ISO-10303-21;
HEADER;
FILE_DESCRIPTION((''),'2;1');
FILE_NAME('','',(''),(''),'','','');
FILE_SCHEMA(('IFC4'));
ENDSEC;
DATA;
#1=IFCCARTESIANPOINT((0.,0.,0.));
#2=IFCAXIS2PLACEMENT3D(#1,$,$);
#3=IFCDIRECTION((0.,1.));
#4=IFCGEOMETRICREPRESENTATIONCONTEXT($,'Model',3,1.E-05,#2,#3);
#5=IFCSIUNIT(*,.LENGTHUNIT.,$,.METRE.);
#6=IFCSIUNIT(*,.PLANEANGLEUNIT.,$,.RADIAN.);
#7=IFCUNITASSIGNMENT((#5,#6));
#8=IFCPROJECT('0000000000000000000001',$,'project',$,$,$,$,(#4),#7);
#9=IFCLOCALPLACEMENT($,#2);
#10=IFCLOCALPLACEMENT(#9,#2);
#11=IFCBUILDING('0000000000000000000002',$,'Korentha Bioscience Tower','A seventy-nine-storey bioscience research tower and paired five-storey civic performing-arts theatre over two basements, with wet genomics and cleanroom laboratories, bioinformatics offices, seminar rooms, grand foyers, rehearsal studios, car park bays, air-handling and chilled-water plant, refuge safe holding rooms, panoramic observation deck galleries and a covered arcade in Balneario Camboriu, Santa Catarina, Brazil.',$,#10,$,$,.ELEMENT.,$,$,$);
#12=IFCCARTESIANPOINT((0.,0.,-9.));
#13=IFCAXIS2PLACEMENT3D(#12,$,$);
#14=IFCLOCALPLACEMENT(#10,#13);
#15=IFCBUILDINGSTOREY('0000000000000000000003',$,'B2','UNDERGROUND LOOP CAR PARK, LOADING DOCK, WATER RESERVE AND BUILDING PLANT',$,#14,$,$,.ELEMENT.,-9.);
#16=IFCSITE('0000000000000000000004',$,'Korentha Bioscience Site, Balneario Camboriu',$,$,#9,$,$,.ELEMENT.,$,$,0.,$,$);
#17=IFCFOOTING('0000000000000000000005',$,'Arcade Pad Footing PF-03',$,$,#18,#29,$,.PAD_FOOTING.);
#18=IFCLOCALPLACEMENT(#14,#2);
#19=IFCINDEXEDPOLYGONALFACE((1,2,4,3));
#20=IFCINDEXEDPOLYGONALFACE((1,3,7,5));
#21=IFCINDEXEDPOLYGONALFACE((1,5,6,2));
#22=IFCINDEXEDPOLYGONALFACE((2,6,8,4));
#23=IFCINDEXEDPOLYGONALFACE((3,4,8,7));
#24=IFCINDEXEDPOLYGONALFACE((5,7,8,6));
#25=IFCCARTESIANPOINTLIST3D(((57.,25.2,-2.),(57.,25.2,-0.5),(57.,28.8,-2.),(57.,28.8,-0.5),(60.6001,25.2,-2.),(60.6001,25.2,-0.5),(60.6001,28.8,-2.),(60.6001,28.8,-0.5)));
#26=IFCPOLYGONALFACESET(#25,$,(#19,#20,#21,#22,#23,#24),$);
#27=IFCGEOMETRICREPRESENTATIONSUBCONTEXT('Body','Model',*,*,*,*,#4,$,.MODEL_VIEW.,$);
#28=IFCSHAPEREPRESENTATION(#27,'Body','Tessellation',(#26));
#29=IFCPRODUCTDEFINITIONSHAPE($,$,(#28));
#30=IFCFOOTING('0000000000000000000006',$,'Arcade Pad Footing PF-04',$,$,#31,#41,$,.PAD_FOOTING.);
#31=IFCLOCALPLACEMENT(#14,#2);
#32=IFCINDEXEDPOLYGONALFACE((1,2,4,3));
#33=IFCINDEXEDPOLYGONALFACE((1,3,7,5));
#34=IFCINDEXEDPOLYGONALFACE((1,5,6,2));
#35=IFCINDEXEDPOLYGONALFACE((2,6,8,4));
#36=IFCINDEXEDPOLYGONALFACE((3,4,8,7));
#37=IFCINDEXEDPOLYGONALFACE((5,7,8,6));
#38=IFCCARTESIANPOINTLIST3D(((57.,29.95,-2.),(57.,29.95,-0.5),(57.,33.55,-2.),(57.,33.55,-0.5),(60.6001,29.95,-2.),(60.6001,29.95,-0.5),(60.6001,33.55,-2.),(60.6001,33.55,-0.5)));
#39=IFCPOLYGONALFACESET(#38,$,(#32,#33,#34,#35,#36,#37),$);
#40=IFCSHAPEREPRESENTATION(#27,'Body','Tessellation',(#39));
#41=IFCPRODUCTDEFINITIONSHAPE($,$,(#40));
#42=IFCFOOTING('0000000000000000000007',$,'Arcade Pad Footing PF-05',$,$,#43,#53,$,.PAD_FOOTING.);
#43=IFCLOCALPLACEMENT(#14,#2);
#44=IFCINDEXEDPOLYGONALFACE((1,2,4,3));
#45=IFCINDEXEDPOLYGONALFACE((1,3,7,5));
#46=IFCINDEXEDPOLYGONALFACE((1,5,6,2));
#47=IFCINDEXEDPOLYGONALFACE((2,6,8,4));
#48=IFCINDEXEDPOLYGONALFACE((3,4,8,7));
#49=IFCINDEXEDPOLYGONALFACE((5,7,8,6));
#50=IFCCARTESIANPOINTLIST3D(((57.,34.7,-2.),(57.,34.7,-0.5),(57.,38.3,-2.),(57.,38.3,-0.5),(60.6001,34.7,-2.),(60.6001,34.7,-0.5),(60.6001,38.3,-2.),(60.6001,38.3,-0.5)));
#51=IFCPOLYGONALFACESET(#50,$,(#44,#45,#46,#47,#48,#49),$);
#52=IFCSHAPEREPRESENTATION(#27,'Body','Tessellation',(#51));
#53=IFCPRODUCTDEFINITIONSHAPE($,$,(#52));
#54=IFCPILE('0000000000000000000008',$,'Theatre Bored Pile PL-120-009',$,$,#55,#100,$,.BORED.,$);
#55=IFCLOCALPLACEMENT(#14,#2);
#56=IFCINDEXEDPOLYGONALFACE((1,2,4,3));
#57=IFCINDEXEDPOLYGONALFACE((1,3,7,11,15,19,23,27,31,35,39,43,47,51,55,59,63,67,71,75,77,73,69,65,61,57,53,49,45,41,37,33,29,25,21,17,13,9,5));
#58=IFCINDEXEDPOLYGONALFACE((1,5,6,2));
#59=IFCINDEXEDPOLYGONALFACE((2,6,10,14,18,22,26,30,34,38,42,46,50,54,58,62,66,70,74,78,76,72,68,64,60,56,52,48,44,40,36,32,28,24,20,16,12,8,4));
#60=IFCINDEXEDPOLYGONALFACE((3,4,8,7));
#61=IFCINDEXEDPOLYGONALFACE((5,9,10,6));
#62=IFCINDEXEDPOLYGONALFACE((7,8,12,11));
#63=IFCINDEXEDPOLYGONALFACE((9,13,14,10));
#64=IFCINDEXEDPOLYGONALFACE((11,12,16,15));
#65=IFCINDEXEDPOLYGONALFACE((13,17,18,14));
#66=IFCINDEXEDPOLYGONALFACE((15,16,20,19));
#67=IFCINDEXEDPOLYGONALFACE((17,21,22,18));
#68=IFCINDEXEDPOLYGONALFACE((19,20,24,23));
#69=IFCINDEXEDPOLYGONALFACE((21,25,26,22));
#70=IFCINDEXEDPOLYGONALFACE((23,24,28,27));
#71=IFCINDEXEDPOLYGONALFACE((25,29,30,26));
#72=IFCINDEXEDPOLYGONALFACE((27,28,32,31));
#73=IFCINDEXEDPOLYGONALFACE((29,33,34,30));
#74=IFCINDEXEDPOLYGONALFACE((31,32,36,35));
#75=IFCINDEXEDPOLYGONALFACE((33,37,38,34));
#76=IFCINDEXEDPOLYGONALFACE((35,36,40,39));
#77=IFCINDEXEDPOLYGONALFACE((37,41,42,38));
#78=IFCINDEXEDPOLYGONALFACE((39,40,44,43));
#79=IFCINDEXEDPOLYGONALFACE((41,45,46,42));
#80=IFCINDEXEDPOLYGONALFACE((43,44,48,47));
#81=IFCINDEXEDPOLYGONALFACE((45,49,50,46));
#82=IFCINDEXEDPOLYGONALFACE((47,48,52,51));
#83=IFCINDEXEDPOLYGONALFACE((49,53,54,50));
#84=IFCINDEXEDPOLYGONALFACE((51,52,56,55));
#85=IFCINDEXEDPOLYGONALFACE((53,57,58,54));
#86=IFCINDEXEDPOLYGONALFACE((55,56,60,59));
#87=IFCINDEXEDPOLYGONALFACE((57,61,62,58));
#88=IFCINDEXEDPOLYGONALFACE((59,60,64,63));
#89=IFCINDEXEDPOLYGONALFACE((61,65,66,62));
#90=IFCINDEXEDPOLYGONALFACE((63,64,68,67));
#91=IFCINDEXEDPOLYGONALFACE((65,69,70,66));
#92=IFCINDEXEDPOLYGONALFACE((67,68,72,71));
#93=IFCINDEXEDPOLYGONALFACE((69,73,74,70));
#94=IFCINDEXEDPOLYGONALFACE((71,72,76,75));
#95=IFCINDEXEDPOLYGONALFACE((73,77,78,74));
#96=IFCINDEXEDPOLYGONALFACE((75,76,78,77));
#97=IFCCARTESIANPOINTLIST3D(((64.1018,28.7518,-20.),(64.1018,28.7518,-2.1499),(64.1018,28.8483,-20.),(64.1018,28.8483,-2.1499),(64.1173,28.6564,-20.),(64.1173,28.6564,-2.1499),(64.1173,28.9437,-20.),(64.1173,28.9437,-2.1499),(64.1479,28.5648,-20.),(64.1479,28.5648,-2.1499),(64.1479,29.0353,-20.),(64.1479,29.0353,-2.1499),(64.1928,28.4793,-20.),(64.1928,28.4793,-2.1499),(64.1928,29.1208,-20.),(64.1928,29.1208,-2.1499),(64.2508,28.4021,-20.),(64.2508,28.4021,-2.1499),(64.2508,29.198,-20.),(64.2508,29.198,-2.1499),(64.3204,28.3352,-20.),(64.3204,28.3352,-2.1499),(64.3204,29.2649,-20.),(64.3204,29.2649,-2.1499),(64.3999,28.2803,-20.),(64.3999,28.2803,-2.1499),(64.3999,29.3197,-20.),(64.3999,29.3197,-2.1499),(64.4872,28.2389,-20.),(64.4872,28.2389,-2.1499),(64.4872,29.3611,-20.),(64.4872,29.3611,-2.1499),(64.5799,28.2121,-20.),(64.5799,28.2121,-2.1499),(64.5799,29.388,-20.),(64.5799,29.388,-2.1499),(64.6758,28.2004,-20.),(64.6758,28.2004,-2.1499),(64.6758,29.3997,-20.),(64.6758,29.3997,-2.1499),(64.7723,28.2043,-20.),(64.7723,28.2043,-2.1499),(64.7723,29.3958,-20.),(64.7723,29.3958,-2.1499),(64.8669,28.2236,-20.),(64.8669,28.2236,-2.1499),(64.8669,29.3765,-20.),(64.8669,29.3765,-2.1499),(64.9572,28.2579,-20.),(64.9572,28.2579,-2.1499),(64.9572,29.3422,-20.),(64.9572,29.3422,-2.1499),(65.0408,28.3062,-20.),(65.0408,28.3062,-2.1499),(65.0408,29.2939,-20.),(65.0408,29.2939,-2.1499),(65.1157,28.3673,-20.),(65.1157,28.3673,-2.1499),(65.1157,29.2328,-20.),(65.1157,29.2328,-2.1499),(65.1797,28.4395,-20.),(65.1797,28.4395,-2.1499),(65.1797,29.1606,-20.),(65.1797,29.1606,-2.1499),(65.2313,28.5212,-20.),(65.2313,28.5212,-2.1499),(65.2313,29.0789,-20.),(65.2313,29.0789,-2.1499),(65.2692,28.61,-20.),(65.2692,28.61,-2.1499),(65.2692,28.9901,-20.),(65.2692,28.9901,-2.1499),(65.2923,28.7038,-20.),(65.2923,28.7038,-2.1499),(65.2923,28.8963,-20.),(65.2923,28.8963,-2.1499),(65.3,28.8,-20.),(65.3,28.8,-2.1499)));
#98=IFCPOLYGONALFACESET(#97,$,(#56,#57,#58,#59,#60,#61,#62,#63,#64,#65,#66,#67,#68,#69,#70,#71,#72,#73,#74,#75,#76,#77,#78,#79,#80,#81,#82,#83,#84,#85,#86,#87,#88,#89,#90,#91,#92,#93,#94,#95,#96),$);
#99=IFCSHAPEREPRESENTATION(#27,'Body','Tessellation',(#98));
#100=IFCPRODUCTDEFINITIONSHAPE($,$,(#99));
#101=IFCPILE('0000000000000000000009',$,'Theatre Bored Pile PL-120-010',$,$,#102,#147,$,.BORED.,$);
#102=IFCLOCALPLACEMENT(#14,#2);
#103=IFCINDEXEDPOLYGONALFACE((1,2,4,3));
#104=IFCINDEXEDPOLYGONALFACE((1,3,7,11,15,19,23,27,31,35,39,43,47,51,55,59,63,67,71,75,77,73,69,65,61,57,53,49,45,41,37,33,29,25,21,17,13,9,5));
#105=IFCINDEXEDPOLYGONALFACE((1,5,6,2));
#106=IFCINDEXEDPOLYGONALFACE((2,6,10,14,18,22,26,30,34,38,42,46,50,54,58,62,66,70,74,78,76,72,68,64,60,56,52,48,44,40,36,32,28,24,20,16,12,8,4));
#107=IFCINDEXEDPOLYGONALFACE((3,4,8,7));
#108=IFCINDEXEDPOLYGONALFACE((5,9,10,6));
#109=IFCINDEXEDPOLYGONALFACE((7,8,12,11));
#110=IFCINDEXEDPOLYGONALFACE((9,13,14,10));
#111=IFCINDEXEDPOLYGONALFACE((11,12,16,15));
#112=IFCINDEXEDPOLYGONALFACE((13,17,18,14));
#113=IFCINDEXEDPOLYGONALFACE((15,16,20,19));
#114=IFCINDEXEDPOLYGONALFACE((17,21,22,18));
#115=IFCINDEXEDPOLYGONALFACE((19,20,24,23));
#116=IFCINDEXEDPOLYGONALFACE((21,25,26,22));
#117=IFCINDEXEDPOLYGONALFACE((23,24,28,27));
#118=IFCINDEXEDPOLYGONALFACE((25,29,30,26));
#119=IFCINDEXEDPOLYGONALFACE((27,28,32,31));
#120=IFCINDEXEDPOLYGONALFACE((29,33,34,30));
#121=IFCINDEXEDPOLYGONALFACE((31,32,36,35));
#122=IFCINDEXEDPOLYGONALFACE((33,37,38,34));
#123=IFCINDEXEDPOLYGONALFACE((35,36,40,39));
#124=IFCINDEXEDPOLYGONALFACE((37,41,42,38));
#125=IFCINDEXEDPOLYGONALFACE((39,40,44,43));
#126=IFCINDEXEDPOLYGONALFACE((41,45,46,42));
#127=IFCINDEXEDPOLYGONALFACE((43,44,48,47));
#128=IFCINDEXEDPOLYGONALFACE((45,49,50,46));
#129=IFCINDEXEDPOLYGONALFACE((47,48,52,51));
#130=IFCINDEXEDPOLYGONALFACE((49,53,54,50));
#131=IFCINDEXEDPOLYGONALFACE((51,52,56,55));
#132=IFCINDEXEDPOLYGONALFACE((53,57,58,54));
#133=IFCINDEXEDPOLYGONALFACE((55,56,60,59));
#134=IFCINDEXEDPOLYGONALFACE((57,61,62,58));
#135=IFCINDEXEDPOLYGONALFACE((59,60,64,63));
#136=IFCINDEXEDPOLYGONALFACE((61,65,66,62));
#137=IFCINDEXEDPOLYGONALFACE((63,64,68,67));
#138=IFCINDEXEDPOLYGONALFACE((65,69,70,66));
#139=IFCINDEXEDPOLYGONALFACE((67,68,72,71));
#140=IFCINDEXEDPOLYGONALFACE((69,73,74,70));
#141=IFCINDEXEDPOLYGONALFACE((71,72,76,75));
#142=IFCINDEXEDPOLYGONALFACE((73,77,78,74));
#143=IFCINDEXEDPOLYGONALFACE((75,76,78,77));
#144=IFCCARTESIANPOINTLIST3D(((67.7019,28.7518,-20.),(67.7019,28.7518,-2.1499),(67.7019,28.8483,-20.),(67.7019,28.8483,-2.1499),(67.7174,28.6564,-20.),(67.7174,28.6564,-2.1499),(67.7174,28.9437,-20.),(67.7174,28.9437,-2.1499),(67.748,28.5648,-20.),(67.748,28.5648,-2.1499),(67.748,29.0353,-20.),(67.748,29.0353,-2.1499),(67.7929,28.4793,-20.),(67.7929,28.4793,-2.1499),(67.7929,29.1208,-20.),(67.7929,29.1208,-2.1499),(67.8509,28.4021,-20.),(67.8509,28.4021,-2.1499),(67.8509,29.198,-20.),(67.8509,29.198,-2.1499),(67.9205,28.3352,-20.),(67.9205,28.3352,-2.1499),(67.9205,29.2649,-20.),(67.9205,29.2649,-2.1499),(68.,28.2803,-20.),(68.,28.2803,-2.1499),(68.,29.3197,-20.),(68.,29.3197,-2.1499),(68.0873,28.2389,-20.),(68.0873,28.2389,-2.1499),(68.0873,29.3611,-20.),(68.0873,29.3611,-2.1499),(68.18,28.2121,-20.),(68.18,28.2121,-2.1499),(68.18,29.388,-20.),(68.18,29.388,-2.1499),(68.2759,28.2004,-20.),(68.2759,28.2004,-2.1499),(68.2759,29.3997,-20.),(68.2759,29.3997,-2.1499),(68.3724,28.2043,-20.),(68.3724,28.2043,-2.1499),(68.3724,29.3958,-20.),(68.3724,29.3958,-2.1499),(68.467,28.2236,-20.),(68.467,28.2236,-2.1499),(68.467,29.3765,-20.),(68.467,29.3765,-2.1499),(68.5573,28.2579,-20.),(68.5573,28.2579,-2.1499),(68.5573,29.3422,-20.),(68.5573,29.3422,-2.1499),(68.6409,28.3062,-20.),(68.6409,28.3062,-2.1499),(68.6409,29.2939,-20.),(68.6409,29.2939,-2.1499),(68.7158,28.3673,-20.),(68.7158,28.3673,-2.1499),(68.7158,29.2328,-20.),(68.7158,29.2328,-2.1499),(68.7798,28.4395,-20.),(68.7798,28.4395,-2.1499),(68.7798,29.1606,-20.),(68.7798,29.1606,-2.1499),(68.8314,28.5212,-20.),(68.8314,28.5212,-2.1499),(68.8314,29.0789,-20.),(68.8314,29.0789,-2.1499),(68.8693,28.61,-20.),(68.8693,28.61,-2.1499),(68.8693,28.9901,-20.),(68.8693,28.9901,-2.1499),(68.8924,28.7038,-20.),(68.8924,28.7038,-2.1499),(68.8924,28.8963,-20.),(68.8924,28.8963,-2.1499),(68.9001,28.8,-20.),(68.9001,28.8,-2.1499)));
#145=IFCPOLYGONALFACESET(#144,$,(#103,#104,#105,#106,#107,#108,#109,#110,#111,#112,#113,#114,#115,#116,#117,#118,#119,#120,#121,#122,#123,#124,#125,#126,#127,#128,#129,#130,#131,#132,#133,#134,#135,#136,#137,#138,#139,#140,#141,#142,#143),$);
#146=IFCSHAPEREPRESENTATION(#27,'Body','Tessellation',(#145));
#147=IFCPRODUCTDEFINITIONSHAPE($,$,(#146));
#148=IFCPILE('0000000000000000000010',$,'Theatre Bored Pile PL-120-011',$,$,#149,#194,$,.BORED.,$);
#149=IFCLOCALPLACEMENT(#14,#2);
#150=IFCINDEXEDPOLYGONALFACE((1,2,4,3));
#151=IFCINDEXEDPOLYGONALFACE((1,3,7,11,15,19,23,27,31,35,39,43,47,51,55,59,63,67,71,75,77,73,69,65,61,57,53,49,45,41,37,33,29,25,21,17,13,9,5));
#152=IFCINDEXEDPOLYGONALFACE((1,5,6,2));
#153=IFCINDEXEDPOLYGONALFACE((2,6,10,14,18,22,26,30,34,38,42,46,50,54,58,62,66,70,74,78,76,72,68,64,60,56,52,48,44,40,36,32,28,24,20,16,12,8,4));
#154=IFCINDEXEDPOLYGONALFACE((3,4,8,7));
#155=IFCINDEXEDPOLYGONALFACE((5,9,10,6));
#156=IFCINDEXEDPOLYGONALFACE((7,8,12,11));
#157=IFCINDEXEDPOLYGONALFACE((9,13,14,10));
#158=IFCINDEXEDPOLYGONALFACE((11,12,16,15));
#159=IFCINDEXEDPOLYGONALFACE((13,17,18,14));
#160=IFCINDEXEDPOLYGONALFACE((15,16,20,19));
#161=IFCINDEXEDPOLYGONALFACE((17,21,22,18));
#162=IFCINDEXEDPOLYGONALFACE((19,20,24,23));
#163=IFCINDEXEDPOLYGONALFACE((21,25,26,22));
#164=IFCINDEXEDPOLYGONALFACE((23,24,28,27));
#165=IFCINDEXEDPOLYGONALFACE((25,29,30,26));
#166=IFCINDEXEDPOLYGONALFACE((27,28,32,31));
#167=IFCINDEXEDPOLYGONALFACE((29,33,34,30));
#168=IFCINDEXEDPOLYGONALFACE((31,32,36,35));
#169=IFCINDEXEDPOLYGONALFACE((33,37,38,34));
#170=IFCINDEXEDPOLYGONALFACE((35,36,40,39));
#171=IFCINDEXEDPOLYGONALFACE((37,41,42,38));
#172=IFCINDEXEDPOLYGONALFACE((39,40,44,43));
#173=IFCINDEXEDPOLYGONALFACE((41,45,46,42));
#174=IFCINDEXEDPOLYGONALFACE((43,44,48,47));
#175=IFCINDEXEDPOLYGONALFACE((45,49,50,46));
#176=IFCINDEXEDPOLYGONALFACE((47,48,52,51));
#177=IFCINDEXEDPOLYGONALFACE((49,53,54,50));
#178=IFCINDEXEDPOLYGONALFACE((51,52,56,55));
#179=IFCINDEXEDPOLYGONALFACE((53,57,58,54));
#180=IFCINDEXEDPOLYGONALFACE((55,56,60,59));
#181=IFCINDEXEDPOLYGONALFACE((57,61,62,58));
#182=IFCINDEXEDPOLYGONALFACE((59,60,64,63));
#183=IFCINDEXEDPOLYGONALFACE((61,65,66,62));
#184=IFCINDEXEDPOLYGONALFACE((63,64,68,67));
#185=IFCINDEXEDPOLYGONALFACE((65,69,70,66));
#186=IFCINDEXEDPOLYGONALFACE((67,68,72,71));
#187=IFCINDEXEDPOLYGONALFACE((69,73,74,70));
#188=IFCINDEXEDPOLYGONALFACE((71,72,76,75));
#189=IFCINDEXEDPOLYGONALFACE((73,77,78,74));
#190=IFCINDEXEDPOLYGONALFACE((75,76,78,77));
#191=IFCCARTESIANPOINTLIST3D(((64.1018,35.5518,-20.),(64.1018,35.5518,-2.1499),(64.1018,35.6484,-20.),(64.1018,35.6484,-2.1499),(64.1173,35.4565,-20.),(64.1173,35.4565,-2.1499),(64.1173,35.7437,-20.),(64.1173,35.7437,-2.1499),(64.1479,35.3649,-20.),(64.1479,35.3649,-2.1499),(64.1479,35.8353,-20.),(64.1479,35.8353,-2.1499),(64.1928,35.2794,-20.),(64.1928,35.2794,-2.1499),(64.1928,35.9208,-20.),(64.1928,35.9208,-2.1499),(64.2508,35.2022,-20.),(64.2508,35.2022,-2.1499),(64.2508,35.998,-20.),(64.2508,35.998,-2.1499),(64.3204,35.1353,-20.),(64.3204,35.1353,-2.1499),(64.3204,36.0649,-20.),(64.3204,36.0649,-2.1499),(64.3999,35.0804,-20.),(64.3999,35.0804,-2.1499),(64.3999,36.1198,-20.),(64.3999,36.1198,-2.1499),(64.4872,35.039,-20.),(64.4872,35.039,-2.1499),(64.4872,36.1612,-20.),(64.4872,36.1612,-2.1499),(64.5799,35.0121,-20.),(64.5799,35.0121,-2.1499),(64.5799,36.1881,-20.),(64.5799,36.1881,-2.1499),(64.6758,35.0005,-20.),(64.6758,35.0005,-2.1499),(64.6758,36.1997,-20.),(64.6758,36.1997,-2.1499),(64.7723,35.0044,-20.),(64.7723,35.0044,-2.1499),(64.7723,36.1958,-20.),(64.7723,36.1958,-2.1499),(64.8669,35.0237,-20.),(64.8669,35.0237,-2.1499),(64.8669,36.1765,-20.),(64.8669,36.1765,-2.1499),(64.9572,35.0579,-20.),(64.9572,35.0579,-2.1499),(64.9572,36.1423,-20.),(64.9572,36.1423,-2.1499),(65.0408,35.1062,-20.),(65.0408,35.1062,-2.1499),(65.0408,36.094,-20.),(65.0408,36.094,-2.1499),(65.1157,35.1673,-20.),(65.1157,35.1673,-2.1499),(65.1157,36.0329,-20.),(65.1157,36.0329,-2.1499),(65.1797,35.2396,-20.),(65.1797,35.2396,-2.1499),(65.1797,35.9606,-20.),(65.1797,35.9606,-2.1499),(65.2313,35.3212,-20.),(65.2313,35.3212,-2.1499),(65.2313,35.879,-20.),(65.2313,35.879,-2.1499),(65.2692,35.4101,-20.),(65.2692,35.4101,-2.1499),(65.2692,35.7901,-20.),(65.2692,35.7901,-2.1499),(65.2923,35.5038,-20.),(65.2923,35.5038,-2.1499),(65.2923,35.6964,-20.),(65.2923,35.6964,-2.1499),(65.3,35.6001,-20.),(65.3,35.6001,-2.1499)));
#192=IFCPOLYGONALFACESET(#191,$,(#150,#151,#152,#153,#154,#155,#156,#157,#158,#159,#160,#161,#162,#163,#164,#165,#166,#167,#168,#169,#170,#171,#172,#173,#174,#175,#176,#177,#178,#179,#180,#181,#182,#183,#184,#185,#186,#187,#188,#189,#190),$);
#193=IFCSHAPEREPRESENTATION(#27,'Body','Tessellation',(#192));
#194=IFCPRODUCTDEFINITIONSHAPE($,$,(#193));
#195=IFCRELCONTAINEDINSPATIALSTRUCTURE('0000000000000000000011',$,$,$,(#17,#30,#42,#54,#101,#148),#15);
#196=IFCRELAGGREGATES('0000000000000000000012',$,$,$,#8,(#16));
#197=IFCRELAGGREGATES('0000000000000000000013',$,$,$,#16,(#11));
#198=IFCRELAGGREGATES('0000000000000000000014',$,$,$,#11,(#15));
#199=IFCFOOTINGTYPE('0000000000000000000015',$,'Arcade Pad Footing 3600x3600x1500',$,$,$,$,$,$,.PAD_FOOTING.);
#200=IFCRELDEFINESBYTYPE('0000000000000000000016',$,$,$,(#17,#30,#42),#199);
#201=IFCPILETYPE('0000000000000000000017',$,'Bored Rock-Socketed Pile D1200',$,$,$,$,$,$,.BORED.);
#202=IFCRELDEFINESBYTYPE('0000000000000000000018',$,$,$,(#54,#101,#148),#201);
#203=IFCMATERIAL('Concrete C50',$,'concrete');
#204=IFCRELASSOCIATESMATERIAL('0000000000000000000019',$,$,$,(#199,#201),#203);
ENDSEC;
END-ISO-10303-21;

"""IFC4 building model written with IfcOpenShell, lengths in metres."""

from ifc_helpers import new_model, si_unit, direction, frame, origin, origin_2d, place, context, subcontext, project, spatial, rectangle, circle, extrude, material, material_profile, profile_set, type_object, element, save


model = new_model("IFC4")

# Units and contexts
model_context = context("Model", 3, precision=1e-05, world=origin(), true_north=direction((0.0, 1.0)))
body_context = subcontext(model_context, "Body", "Model", "MODEL_VIEW")
ifc_project = project(units=[si_unit("LENGTHUNIT", "METRE"), si_unit("PLANEANGLEUNIT", "RADIAN")], contexts=[model_context])

# Site, building, storey
site_placement = place(None, origin())
site = spatial("IfcSite", under=ifc_project, at=site_placement, Name="Korentha Bioscience Site, Balneario Camboriu", CompositionType="ELEMENT", RefElevation=0.0)
building_placement = place(site_placement, origin())
building = spatial("IfcBuilding", under=site, at=building_placement, Name="Korentha Bioscience Tower", Description="A seventy-nine-storey bioscience research tower and paired five-storey civic performing-arts theatre over two basements, with wet genomics and cleanroom laboratories, bioinformatics offices, seminar rooms, grand foyers, rehearsal studios, car park bays, air-handling and chilled-water plant, refuge safe holding rooms, panoramic observation deck galleries and a covered arcade in Balneario Camboriu, Santa Catarina, Brazil.", CompositionType="ELEMENT")
storey_placement = place(building_placement, frame((0.0, 0.0, -9.0)))
storey = spatial("IfcBuildingStorey", under=building, at=storey_placement, Name="B2", Description="UNDERGROUND LOOP CAR PARK, LOADING DOCK, WATER RESERVE AND BUILDING PLANT", CompositionType="ELEMENT", Elevation=-9.0)

# Footings
ifc_material_1 = material(Name="Concrete C50", Category="concrete")
footing_type_1 = type_object("IfcFootingType", Name="Arcade Pad Footing 3600x3600x1500", PredefinedType="PAD_FOOTING", material=ifc_material_1)
for number, where, z_axis, x_axis, name in (
    (1, (58.8, 27.0, -2.0), (0.0, 0.0, 1.0), (1.0, 0.0, 0.0), "Arcade Pad Footing PF-03"),
    (2, (58.8, 31.75, -2.0), (0.0, 0.0, 1.0), (1.0, 0.0, 0.0), "Arcade Pad Footing PF-04"),
    (3, (58.8, 36.5, -2.0), (0.0, 0.0, 1.0), (1.0, 0.0, 0.0), "Arcade Pad Footing PF-05"),
):
    element("IfcFooting", number, at=place(storey_placement, frame(where, z_axis=z_axis, x_axis=x_axis)), inside=storey, type_object=footing_type_1, Name=name, PredefinedType="PAD_FOOTING", context=body_context, shape_type="SweptSolid", body=[
        extrude(rectangle(XDim=3.6001, YDim=3.6001, at=origin_2d()), origin(), (0.0, 0.0, 1.0), 1.5),
    ])

# Piles
ifc_material_profile_1 = material_profile(ifc_material_1, circle(Radius=0.6001, at=origin_2d()), Name="Concrete C50")
ifc_profile_set_1 = profile_set([ifc_material_profile_1], Name="Concrete C50 (PL-120)")
pile_type = type_object("IfcPileType", Name="Bored Rock-Socketed Pile D1200", PredefinedType="BORED", material=ifc_profile_set_1)
for number, where, z_axis, x_axis, name in (
    (4, (64.7, 28.8, -2.1499), (0.0, 0.0, -1.0), (1.0, 0.0, 0.0), "Theatre Bored Pile PL-120-009"),
    (5, (68.3, 28.8, -2.1499), (0.0, 0.0, -1.0), (1.0, 0.0, 0.0), "Theatre Bored Pile PL-120-010"),
    (6, (64.7, 35.6001, -2.1499), (0.0, 0.0, -1.0), (1.0, 0.0, 0.0), "Theatre Bored Pile PL-120-011"),
):
    element("IfcPile", number, at=place(storey_placement, frame(where, z_axis=z_axis, x_axis=x_axis)), inside=storey, type_object=pile_type, Name=name, PredefinedType="BORED", context=body_context, shape_type="SweptSolid", body=[
        extrude(circle(Radius=0.6001, at=origin_2d()), origin(), (0.0, 0.0, 1.0), 17.8501),
    ])

save(model, "model.ifc")
